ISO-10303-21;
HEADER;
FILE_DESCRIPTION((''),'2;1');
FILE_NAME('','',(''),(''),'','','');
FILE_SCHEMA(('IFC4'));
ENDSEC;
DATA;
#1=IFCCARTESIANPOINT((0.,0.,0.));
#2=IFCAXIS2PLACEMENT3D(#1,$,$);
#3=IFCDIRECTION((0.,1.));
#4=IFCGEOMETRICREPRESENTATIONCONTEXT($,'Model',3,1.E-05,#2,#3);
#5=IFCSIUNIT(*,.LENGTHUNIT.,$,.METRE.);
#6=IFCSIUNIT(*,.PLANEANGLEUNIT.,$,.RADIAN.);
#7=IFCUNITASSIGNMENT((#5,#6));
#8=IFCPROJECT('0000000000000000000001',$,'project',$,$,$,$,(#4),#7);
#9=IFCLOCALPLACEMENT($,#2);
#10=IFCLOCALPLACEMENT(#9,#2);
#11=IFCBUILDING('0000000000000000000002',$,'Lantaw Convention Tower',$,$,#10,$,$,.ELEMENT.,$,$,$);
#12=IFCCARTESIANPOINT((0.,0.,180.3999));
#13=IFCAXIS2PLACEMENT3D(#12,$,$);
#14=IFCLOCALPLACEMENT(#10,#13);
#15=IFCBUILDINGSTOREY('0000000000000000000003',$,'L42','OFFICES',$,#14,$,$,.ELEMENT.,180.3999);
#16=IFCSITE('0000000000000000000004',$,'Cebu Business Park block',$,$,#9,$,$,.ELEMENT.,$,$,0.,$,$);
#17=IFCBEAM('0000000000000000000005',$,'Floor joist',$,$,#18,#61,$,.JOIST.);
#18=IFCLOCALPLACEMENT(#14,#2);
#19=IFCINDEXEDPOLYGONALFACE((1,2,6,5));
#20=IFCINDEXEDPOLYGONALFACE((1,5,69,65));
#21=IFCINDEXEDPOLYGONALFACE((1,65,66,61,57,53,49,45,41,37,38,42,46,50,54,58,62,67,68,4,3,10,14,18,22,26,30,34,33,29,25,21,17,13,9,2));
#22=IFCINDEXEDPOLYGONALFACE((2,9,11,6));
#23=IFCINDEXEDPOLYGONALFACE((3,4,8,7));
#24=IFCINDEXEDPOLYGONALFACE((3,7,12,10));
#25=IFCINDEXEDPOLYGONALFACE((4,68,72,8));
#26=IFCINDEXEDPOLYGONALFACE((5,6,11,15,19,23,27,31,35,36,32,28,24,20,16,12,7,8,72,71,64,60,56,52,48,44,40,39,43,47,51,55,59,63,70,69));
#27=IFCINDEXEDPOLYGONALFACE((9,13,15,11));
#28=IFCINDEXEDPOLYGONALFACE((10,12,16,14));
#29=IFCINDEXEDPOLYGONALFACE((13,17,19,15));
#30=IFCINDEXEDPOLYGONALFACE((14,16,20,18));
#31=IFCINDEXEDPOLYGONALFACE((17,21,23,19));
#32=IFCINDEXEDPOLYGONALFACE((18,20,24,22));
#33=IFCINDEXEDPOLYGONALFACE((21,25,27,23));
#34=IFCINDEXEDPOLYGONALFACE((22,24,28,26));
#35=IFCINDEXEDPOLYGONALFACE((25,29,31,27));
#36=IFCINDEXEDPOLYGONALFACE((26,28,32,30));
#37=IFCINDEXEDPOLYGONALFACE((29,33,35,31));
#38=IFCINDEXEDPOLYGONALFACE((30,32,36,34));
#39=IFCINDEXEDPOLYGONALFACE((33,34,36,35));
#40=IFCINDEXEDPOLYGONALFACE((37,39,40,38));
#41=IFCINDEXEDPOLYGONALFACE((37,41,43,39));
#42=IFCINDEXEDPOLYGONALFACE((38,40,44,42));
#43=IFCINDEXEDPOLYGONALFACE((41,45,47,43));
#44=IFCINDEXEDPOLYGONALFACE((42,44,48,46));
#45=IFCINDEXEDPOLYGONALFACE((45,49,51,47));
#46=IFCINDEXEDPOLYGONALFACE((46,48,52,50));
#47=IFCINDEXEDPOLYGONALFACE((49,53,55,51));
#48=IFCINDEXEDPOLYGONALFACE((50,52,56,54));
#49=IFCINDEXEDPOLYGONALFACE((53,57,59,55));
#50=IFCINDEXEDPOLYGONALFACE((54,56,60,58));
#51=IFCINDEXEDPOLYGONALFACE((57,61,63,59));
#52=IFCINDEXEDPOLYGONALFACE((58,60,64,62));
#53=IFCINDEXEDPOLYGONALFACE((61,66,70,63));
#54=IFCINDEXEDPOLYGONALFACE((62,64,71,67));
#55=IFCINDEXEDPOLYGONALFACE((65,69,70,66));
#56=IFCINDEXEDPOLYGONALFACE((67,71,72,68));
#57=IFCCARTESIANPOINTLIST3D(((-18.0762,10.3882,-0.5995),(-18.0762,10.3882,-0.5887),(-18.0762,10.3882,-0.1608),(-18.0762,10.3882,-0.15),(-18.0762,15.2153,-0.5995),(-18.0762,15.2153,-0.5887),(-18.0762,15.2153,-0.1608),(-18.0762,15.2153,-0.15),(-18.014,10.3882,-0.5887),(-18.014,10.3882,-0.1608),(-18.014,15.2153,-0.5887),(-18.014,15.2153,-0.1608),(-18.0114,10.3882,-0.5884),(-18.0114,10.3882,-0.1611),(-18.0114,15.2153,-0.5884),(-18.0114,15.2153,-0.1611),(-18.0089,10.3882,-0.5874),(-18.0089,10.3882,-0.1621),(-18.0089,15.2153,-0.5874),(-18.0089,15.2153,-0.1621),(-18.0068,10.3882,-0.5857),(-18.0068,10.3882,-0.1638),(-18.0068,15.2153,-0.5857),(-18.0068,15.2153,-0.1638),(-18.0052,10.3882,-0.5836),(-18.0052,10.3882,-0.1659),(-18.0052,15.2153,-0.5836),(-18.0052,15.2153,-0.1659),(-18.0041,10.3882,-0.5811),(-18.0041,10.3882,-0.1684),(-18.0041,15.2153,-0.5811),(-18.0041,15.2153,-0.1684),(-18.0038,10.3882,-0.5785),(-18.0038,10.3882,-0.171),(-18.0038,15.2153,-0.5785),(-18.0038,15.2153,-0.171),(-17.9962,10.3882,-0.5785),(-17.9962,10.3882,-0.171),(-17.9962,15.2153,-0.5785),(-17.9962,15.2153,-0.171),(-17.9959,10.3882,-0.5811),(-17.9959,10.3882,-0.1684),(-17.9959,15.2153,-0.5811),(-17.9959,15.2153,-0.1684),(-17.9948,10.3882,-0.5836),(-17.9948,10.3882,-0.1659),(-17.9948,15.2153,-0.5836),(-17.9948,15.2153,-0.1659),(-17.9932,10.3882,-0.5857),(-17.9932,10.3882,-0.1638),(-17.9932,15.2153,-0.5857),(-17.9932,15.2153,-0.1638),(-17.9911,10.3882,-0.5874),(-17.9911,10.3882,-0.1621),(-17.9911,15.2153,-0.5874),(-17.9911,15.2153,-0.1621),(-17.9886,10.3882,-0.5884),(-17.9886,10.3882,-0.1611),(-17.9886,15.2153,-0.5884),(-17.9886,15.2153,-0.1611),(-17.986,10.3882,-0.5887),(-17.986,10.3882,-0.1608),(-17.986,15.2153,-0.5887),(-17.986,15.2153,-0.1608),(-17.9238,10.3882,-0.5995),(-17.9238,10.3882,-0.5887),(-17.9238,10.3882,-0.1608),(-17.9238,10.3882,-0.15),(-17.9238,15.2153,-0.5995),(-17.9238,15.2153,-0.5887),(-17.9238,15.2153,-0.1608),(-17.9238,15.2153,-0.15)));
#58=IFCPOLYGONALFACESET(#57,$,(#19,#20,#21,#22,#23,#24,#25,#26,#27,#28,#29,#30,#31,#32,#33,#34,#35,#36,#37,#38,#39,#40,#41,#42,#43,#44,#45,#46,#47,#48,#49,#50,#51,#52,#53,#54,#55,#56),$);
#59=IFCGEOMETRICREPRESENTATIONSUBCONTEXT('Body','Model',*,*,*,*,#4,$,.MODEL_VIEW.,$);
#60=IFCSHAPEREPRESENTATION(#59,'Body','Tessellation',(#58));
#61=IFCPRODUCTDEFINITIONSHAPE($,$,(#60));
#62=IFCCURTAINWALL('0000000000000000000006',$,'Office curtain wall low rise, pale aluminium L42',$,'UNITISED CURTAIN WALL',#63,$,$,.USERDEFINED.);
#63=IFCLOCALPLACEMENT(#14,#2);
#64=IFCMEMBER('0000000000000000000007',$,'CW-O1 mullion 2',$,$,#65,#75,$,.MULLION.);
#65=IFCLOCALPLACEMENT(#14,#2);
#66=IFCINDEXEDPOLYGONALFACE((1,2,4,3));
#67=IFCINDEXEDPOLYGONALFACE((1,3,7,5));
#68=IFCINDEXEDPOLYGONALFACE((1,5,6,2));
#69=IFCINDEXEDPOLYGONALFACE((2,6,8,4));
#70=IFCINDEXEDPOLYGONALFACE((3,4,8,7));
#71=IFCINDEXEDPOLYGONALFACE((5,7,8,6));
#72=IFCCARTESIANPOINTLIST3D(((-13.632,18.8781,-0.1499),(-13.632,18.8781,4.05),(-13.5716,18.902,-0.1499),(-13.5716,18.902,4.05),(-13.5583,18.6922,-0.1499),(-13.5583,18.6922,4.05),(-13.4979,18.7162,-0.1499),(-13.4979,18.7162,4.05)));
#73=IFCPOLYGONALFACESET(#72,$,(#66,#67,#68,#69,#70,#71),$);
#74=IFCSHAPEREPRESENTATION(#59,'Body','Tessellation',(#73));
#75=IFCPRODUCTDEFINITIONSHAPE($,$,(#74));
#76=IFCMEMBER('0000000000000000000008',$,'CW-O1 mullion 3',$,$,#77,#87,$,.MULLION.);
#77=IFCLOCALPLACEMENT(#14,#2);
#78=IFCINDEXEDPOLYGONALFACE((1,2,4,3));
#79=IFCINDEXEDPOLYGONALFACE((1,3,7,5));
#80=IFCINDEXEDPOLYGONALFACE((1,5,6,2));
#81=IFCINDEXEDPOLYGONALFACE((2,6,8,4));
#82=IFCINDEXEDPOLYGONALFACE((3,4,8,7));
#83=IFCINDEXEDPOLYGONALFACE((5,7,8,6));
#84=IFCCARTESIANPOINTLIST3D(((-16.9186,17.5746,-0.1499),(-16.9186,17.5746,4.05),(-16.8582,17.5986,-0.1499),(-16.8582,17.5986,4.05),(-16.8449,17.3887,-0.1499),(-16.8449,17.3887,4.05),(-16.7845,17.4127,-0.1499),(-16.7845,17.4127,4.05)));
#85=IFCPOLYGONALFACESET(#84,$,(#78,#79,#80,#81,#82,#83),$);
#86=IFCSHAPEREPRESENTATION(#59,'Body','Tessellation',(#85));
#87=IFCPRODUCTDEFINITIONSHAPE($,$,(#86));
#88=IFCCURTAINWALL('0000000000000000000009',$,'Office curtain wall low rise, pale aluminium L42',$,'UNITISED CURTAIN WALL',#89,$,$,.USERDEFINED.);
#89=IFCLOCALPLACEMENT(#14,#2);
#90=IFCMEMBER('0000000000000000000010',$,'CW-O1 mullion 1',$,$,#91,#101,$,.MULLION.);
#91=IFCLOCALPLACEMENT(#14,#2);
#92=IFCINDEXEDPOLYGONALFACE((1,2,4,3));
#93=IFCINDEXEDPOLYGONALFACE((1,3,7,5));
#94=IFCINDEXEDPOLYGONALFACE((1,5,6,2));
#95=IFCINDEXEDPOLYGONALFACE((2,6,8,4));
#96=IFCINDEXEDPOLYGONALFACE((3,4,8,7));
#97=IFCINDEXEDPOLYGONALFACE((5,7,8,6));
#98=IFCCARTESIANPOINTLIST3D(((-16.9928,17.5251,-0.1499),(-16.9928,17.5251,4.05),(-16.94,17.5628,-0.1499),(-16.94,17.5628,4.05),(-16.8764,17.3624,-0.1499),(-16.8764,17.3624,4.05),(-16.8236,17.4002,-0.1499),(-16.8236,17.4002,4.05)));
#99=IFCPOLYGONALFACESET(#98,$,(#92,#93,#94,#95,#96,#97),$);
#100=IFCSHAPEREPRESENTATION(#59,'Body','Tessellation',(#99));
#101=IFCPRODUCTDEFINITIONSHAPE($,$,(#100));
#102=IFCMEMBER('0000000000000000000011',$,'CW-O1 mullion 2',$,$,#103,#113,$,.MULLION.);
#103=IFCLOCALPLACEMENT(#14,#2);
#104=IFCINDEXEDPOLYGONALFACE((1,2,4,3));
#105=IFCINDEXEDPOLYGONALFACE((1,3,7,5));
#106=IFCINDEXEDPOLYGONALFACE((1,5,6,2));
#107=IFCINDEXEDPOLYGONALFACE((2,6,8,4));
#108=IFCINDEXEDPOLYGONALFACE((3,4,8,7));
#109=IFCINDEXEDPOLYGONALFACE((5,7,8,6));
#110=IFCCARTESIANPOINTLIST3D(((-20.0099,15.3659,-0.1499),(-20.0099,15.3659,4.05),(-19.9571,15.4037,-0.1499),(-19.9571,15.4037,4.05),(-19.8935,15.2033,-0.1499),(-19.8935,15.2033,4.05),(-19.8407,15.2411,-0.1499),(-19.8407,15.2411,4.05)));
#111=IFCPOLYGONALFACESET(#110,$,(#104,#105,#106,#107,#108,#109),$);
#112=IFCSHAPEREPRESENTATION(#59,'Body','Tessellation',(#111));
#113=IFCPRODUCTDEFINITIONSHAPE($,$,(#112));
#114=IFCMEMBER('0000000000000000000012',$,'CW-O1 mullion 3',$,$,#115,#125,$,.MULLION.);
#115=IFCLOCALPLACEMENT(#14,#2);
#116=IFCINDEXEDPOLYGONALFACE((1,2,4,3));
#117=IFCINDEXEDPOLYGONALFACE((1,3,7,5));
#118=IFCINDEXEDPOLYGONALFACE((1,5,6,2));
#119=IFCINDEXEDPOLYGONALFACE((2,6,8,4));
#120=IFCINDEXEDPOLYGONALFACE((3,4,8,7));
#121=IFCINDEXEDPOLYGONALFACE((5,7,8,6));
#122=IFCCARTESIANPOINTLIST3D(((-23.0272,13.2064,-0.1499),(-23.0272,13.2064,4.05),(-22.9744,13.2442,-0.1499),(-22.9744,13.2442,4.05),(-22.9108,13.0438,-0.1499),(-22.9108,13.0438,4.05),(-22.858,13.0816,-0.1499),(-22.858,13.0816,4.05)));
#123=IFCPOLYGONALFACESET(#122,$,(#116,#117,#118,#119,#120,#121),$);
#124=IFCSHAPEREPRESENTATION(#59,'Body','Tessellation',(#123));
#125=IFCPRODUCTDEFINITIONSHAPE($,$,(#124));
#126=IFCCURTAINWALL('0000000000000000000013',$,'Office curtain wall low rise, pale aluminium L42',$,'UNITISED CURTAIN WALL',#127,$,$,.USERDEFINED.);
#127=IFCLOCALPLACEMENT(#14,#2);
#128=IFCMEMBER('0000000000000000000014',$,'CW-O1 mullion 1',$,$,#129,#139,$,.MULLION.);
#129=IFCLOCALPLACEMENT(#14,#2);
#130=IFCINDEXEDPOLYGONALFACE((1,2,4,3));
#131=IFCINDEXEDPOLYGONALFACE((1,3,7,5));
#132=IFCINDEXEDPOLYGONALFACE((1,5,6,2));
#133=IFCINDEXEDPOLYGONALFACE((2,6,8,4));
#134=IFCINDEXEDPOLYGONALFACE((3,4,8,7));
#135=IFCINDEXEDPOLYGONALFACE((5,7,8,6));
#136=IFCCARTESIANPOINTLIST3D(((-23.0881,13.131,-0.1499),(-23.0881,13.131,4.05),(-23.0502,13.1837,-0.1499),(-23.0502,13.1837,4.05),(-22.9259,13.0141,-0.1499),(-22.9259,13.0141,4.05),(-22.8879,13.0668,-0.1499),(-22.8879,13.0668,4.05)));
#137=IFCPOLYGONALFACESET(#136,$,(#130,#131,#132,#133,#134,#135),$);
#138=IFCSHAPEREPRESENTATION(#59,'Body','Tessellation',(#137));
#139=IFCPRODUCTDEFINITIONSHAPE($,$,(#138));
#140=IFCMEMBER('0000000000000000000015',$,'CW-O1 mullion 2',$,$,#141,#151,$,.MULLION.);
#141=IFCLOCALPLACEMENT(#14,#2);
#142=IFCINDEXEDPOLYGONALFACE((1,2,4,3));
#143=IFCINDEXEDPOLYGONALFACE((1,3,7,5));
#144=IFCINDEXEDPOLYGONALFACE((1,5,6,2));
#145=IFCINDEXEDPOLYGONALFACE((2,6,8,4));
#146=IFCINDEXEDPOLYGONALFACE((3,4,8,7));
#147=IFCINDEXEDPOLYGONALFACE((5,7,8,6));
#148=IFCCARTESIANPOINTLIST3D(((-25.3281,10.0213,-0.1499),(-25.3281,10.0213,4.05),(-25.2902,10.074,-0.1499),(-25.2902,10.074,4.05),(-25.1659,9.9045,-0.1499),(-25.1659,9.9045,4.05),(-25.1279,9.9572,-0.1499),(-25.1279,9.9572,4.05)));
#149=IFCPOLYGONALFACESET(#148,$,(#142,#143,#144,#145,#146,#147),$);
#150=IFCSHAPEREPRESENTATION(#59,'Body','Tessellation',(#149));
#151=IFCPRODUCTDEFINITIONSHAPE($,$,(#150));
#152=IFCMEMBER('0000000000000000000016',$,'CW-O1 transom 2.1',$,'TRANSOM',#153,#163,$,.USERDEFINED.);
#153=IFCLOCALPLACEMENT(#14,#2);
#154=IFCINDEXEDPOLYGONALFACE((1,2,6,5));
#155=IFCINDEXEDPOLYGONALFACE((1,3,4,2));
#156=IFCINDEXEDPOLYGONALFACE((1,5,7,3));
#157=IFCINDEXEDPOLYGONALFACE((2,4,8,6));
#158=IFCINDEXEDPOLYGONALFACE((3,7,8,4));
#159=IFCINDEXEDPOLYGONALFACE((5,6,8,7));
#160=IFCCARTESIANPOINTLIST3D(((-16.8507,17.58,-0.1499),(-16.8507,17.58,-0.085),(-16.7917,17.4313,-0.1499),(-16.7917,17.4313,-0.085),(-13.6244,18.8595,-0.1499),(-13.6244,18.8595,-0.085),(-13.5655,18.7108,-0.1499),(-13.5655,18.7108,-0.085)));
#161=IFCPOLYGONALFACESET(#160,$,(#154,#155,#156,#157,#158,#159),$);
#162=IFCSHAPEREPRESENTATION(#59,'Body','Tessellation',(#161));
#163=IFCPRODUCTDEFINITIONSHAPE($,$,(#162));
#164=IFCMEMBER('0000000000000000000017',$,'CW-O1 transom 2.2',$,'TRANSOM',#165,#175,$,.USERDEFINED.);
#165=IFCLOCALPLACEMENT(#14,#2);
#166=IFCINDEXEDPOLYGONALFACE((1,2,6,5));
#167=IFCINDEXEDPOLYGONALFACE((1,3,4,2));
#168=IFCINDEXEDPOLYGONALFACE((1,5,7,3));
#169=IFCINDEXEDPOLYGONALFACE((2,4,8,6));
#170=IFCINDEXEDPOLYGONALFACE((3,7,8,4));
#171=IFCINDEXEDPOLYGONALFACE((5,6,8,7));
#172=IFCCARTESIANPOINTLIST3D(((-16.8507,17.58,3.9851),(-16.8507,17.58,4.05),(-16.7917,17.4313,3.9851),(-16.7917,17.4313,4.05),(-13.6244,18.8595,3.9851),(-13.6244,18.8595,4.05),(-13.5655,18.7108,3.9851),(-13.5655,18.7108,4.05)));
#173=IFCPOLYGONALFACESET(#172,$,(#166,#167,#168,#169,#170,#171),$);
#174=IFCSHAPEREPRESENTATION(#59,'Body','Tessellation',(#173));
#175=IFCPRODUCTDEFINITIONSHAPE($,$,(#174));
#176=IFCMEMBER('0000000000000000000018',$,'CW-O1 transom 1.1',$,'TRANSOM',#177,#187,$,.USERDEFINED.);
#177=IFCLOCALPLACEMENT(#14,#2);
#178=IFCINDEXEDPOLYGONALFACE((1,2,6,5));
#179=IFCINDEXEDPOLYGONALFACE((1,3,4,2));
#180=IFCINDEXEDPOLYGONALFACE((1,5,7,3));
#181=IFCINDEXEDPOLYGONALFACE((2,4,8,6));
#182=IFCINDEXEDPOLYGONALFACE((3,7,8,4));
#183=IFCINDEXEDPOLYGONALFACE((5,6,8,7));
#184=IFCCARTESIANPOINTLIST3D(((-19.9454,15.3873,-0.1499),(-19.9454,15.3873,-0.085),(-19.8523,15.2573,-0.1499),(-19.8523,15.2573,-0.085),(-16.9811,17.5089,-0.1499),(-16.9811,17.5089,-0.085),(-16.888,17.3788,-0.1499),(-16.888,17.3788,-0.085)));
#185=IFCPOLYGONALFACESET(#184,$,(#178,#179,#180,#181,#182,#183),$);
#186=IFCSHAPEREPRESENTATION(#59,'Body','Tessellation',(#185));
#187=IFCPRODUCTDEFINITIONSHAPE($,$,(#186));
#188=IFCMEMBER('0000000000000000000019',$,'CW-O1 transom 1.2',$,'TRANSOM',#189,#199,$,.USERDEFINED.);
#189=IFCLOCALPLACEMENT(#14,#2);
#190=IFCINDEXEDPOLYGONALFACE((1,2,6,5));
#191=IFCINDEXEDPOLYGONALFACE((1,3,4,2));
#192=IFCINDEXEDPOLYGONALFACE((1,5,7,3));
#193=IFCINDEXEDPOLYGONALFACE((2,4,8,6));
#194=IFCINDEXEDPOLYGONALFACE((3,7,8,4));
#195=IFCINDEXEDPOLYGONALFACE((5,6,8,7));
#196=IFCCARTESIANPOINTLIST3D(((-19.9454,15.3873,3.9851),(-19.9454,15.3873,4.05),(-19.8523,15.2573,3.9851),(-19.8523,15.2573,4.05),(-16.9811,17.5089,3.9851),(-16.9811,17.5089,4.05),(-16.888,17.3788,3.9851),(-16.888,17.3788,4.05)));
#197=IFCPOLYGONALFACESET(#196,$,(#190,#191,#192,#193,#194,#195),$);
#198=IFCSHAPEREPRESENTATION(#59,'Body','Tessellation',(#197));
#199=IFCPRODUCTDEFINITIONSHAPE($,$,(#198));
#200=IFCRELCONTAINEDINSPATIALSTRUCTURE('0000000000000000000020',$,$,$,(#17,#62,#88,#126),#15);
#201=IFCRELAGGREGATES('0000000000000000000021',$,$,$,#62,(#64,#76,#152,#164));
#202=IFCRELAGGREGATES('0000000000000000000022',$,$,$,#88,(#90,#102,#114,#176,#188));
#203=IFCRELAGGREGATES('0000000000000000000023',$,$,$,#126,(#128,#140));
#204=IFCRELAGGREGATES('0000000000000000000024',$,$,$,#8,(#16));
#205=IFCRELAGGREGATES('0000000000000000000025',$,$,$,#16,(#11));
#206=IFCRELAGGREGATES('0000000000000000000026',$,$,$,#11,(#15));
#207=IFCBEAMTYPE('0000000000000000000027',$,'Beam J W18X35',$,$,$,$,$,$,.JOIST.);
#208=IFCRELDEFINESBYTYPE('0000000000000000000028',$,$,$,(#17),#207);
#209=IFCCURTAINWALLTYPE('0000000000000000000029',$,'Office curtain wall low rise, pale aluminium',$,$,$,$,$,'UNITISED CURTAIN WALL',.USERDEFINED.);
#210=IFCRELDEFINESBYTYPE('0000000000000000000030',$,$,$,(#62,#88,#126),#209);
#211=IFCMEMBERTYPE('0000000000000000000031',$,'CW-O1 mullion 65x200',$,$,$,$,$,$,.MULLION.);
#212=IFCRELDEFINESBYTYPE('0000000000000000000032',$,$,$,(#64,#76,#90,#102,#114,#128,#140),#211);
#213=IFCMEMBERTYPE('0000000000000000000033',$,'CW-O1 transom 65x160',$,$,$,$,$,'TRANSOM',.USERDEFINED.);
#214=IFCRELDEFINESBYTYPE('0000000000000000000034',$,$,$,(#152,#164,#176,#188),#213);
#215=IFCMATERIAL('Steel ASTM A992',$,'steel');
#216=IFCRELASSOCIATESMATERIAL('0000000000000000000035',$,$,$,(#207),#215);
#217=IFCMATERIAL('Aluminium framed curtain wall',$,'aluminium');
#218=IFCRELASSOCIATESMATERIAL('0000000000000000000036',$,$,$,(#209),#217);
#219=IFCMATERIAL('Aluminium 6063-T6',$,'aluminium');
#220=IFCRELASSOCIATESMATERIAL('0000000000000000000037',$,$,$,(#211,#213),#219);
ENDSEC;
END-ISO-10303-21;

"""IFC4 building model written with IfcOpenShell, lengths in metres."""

from ifc_helpers import new_model, si_unit, direction, frame, origin, origin_2d, place, context, subcontext, project, spatial, rectangle, i_section, extrude, material, material_profile, profile_set, type_object, element, aggregate, save


model = new_model("IFC4")

# Units and contexts
model_context = context("Model", 3, precision=1e-05, world=origin(), true_north=direction((0.0, 1.0)))
body_context = subcontext(model_context, "Body", "Model", "MODEL_VIEW")
ifc_project = project(units=[si_unit("LENGTHUNIT", "METRE"), si_unit("PLANEANGLEUNIT", "RADIAN")], contexts=[model_context])

# Site, building, storey
site_placement = place(None, origin())
site = spatial("IfcSite", under=ifc_project, at=site_placement, Name="Cebu Business Park block", CompositionType="ELEMENT", RefElevation=0.0)
building_placement = place(site_placement, origin())
building = spatial("IfcBuilding", under=site, at=building_placement, Name="Lantaw Convention Tower", CompositionType="ELEMENT")
storey_placement = place(building_placement, frame((0.0, 0.0, 180.3999)))
storey = spatial("IfcBuildingStorey", under=building, at=storey_placement, Name="L42", Description="OFFICES", CompositionType="ELEMENT", Elevation=180.3999)

# Beam
ifc_material_1 = material(Name="Steel ASTM A992", Category="steel")
ifc_material_profile_1 = material_profile(ifc_material_1, i_section(OverallWidth=0.1523, OverallDepth=0.4495, WebThickness=0.0076, FlangeThickness=0.0107, FilletRadius=0.0103, at=origin_2d()), Name="W18X35")
ifc_profile_set_1 = profile_set([ifc_material_profile_1], Name="Steel ASTM A992")
beam_type_1 = type_object("IfcBeamType", Name="Beam J W18X35", PredefinedType="JOIST", material=ifc_profile_set_1)
beam_1_placement = place(storey_placement, frame((-18.0, 10.3882, -0.3748), z_axis=(0.0, 1.0, 0.0), x_axis=(-1.0, 0.0, 0.0)))
element("IfcBeam", 1, at=beam_1_placement, inside=storey, type_object=beam_type_1, Name="Floor joist", PredefinedType="JOIST", context=body_context, shape_type="SweptSolid", body=[
    extrude(i_section(OverallWidth=0.1523, OverallDepth=0.4495, WebThickness=0.0076, FlangeThickness=0.0107, FilletRadius=0.0103, at=origin_2d()), origin(), (0.0, 0.0, 1.0), 4.8271),
])

# Curtain walls, members
ifc_material_2 = material(Name="Aluminium framed curtain wall", Category="aluminium")
curtain_wall_type = type_object("IfcCurtainWallType", Name="Office curtain wall low rise, pale aluminium", ElementType="UNITISED CURTAIN WALL", PredefinedType="USERDEFINED", material=ifc_material_2)
curtain_wall_1_placement = place(storey_placement, origin())
curtain_wall_1 = element("IfcCurtainWall", 2, at=curtain_wall_1_placement, inside=storey, type_object=curtain_wall_type, Name="Office curtain wall low rise, pale aluminium L42", ObjectType="UNITISED CURTAIN WALL", PredefinedType="USERDEFINED")
ifc_material_3 = material(Name="Aluminium 6063-T6", Category="aluminium")
ifc_material_profile_2 = material_profile(ifc_material_3, rectangle(XDim=0.2, YDim=0.0649, at=origin_2d()), Name="CW-O1 mullion 65x200")
ifc_profile_set_2 = profile_set([ifc_material_profile_2], Name="Aluminium 6063-T6")
member_type_1 = type_object("IfcMemberType", Name="CW-O1 mullion 65x200", PredefinedType="MULLION", material=ifc_profile_set_2)
member_1_placement = place(storey_placement, frame((-13.5649, 18.7971, -0.1499), z_axis=(0.0, 0.0, 1.0), x_axis=(0.368702, -0.929548, 0.0)))
member_1 = element("IfcMember", 3, at=member_1_placement, type_object=member_type_1, Name="CW-O1 mullion 2", PredefinedType="MULLION", context=body_context, shape_type="SweptSolid", body=[
    extrude(rectangle(XDim=0.2, YDim=0.0649, at=origin_2d()), origin(), (0.0, 0.0, 1.0), 4.2),
])
member_2_placement = place(storey_placement, frame((-16.8516, 17.4937, -0.1499), z_axis=(0.0, 0.0, 1.0), x_axis=(0.368702, -0.929548, 0.0)))
member_2 = element("IfcMember", 4, at=member_2_placement, type_object=member_type_1, Name="CW-O1 mullion 3", PredefinedType="MULLION", context=body_context, shape_type="SweptSolid", body=[
    extrude(rectangle(XDim=0.2, YDim=0.0649, at=origin_2d()), origin(), (0.0, 0.0, 1.0), 4.2),
])
curtain_wall_2_placement = place(storey_placement, origin())
curtain_wall_2 = element("IfcCurtainWall", 5, at=curtain_wall_2_placement, inside=storey, type_object=curtain_wall_type, Name="Office curtain wall low rise, pale aluminium L42", ObjectType="UNITISED CURTAIN WALL", PredefinedType="USERDEFINED")
member_3_placement = place(storey_placement, frame((-16.9082, 17.4626, -0.1499), z_axis=(0.0, 0.0, 1.0), x_axis=(0.581973, -0.813208, 0.0)))
member_3 = element("IfcMember", 6, at=member_3_placement, type_object=member_type_1, Name="CW-O1 mullion 1", PredefinedType="MULLION", context=body_context, shape_type="SweptSolid", body=[
    extrude(rectangle(XDim=0.2, YDim=0.0649, at=origin_2d()), origin(), (0.0, 0.0, 1.0), 4.2),
])
member_4_placement = place(storey_placement, frame((-19.9253, 15.3035, -0.1499), z_axis=(0.0, 0.0, 1.0), x_axis=(0.581973, -0.813208, 0.0)))
member_4 = element("IfcMember", 7, at=member_4_placement, type_object=member_type_1, Name="CW-O1 mullion 2", PredefinedType="MULLION", context=body_context, shape_type="SweptSolid", body=[
    extrude(rectangle(XDim=0.2, YDim=0.0649, at=origin_2d()), origin(), (0.0, 0.0, 1.0), 4.2),
])
member_5_placement = place(storey_placement, frame((-22.9426, 13.144, -0.1499), z_axis=(0.0, 0.0, 1.0), x_axis=(0.581973, -0.813208, 0.0)))
member_5 = element("IfcMember", 8, at=member_5_placement, type_object=member_type_1, Name="CW-O1 mullion 3", PredefinedType="MULLION", context=body_context, shape_type="SweptSolid", body=[
    extrude(rectangle(XDim=0.2, YDim=0.0649, at=origin_2d()), origin(), (0.0, 0.0, 1.0), 4.2),
])
curtain_wall_3_placement = place(storey_placement, origin())
curtain_wall_3 = element("IfcCurtainWall", 9, at=curtain_wall_3_placement, inside=storey, type_object=curtain_wall_type, Name="Office curtain wall low rise, pale aluminium L42", ObjectType="UNITISED CURTAIN WALL", PredefinedType="USERDEFINED")
member_6_placement = place(storey_placement, frame((-22.988, 13.0989, -0.1499), z_axis=(0.0, 0.0, 1.0), x_axis=(0.811385, -0.584513, 0.0)))
member_6 = element("IfcMember", 10, at=member_6_placement, type_object=member_type_1, Name="CW-O1 mullion 1", PredefinedType="MULLION", context=body_context, shape_type="SweptSolid", body=[
    extrude(rectangle(XDim=0.2, YDim=0.0649, at=origin_2d()), origin(), (0.0, 0.0, 1.0), 4.2),
])
member_7_placement = place(storey_placement, frame((-25.228, 9.9893, -0.1499), z_axis=(0.0, 0.0, 1.0), x_axis=(0.811385, -0.584513, 0.0)))
member_7 = element("IfcMember", 11, at=member_7_placement, type_object=member_type_1, Name="CW-O1 mullion 2", PredefinedType="MULLION", context=body_context, shape_type="SweptSolid", body=[
    extrude(rectangle(XDim=0.2, YDim=0.0649, at=origin_2d()), origin(), (0.0, 0.0, 1.0), 4.2),
])

# Members
ifc_material_profile_3 = material_profile(ifc_material_3, rectangle(XDim=0.1599, YDim=0.0649, at=origin_2d()), Name="CW-O1 transom 65x160")
ifc_profile_set_3 = profile_set([ifc_material_profile_3], Name="Aluminium 6063-T6")
member_type_2 = type_object("IfcMemberType", Name="CW-O1 transom 65x160", ElementType="TRANSOM", PredefinedType="USERDEFINED", material=ifc_profile_set_3)
member_8_placement = place(storey_placement, frame((-13.595, 18.7852, -0.1174), z_axis=(-0.929564, -0.36866, 0.0), x_axis=(0.36866, -0.929564, 0.0)))
member_8 = element("IfcMember", 12, at=member_8_placement, type_object=member_type_2, Name="CW-O1 transom 2.1", ObjectType="TRANSOM", PredefinedType="USERDEFINED", context=body_context, shape_type="SweptSolid", body=[
    extrude(rectangle(XDim=0.1599, YDim=0.0649, at=origin_2d()), origin(), (0.0, 0.0, 1.0), 3.4707),
])
member_9_placement = place(storey_placement, frame((-13.595, 18.7852, 4.0176), z_axis=(-0.929564, -0.36866, 0.0), x_axis=(0.36866, -0.929564, 0.0)))
member_9 = element("IfcMember", 13, at=member_9_placement, type_object=member_type_2, Name="CW-O1 transom 2.2", ObjectType="TRANSOM", PredefinedType="USERDEFINED", context=body_context, shape_type="SweptSolid", body=[
    extrude(rectangle(XDim=0.1599, YDim=0.0649, at=origin_2d()), origin(), (0.0, 0.0, 1.0), 3.4707),
])
member_10_placement = place(storey_placement, frame((-16.9346, 17.4438, -0.1174), z_axis=(-0.81319, -0.581998, 0.0), x_axis=(0.581998, -0.81319, 0.0)))
member_10 = element("IfcMember", 14, at=member_10_placement, type_object=member_type_2, Name="CW-O1 transom 1.1", ObjectType="TRANSOM", PredefinedType="USERDEFINED", context=body_context, shape_type="SweptSolid", body=[
    extrude(rectangle(XDim=0.1599, YDim=0.0649, at=origin_2d()), origin(), (0.0, 0.0, 1.0), 3.6453),
])
member_11_placement = place(storey_placement, frame((-16.9346, 17.4438, 4.0176), z_axis=(-0.81319, -0.581998, 0.0), x_axis=(0.581998, -0.81319, 0.0)))
member_11 = element("IfcMember", 15, at=member_11_placement, type_object=member_type_2, Name="CW-O1 transom 1.2", ObjectType="TRANSOM", PredefinedType="USERDEFINED", context=body_context, shape_type="SweptSolid", body=[
    extrude(rectangle(XDim=0.1599, YDim=0.0649, at=origin_2d()), origin(), (0.0, 0.0, 1.0), 3.6453),
])

aggregate(curtain_wall_1, [member_1, member_2, member_8, member_9])
aggregate(curtain_wall_2, [member_3, member_4, member_5, member_10, member_11])
aggregate(curtain_wall_3, [member_6, member_7])

save(model, "model.ifc")
